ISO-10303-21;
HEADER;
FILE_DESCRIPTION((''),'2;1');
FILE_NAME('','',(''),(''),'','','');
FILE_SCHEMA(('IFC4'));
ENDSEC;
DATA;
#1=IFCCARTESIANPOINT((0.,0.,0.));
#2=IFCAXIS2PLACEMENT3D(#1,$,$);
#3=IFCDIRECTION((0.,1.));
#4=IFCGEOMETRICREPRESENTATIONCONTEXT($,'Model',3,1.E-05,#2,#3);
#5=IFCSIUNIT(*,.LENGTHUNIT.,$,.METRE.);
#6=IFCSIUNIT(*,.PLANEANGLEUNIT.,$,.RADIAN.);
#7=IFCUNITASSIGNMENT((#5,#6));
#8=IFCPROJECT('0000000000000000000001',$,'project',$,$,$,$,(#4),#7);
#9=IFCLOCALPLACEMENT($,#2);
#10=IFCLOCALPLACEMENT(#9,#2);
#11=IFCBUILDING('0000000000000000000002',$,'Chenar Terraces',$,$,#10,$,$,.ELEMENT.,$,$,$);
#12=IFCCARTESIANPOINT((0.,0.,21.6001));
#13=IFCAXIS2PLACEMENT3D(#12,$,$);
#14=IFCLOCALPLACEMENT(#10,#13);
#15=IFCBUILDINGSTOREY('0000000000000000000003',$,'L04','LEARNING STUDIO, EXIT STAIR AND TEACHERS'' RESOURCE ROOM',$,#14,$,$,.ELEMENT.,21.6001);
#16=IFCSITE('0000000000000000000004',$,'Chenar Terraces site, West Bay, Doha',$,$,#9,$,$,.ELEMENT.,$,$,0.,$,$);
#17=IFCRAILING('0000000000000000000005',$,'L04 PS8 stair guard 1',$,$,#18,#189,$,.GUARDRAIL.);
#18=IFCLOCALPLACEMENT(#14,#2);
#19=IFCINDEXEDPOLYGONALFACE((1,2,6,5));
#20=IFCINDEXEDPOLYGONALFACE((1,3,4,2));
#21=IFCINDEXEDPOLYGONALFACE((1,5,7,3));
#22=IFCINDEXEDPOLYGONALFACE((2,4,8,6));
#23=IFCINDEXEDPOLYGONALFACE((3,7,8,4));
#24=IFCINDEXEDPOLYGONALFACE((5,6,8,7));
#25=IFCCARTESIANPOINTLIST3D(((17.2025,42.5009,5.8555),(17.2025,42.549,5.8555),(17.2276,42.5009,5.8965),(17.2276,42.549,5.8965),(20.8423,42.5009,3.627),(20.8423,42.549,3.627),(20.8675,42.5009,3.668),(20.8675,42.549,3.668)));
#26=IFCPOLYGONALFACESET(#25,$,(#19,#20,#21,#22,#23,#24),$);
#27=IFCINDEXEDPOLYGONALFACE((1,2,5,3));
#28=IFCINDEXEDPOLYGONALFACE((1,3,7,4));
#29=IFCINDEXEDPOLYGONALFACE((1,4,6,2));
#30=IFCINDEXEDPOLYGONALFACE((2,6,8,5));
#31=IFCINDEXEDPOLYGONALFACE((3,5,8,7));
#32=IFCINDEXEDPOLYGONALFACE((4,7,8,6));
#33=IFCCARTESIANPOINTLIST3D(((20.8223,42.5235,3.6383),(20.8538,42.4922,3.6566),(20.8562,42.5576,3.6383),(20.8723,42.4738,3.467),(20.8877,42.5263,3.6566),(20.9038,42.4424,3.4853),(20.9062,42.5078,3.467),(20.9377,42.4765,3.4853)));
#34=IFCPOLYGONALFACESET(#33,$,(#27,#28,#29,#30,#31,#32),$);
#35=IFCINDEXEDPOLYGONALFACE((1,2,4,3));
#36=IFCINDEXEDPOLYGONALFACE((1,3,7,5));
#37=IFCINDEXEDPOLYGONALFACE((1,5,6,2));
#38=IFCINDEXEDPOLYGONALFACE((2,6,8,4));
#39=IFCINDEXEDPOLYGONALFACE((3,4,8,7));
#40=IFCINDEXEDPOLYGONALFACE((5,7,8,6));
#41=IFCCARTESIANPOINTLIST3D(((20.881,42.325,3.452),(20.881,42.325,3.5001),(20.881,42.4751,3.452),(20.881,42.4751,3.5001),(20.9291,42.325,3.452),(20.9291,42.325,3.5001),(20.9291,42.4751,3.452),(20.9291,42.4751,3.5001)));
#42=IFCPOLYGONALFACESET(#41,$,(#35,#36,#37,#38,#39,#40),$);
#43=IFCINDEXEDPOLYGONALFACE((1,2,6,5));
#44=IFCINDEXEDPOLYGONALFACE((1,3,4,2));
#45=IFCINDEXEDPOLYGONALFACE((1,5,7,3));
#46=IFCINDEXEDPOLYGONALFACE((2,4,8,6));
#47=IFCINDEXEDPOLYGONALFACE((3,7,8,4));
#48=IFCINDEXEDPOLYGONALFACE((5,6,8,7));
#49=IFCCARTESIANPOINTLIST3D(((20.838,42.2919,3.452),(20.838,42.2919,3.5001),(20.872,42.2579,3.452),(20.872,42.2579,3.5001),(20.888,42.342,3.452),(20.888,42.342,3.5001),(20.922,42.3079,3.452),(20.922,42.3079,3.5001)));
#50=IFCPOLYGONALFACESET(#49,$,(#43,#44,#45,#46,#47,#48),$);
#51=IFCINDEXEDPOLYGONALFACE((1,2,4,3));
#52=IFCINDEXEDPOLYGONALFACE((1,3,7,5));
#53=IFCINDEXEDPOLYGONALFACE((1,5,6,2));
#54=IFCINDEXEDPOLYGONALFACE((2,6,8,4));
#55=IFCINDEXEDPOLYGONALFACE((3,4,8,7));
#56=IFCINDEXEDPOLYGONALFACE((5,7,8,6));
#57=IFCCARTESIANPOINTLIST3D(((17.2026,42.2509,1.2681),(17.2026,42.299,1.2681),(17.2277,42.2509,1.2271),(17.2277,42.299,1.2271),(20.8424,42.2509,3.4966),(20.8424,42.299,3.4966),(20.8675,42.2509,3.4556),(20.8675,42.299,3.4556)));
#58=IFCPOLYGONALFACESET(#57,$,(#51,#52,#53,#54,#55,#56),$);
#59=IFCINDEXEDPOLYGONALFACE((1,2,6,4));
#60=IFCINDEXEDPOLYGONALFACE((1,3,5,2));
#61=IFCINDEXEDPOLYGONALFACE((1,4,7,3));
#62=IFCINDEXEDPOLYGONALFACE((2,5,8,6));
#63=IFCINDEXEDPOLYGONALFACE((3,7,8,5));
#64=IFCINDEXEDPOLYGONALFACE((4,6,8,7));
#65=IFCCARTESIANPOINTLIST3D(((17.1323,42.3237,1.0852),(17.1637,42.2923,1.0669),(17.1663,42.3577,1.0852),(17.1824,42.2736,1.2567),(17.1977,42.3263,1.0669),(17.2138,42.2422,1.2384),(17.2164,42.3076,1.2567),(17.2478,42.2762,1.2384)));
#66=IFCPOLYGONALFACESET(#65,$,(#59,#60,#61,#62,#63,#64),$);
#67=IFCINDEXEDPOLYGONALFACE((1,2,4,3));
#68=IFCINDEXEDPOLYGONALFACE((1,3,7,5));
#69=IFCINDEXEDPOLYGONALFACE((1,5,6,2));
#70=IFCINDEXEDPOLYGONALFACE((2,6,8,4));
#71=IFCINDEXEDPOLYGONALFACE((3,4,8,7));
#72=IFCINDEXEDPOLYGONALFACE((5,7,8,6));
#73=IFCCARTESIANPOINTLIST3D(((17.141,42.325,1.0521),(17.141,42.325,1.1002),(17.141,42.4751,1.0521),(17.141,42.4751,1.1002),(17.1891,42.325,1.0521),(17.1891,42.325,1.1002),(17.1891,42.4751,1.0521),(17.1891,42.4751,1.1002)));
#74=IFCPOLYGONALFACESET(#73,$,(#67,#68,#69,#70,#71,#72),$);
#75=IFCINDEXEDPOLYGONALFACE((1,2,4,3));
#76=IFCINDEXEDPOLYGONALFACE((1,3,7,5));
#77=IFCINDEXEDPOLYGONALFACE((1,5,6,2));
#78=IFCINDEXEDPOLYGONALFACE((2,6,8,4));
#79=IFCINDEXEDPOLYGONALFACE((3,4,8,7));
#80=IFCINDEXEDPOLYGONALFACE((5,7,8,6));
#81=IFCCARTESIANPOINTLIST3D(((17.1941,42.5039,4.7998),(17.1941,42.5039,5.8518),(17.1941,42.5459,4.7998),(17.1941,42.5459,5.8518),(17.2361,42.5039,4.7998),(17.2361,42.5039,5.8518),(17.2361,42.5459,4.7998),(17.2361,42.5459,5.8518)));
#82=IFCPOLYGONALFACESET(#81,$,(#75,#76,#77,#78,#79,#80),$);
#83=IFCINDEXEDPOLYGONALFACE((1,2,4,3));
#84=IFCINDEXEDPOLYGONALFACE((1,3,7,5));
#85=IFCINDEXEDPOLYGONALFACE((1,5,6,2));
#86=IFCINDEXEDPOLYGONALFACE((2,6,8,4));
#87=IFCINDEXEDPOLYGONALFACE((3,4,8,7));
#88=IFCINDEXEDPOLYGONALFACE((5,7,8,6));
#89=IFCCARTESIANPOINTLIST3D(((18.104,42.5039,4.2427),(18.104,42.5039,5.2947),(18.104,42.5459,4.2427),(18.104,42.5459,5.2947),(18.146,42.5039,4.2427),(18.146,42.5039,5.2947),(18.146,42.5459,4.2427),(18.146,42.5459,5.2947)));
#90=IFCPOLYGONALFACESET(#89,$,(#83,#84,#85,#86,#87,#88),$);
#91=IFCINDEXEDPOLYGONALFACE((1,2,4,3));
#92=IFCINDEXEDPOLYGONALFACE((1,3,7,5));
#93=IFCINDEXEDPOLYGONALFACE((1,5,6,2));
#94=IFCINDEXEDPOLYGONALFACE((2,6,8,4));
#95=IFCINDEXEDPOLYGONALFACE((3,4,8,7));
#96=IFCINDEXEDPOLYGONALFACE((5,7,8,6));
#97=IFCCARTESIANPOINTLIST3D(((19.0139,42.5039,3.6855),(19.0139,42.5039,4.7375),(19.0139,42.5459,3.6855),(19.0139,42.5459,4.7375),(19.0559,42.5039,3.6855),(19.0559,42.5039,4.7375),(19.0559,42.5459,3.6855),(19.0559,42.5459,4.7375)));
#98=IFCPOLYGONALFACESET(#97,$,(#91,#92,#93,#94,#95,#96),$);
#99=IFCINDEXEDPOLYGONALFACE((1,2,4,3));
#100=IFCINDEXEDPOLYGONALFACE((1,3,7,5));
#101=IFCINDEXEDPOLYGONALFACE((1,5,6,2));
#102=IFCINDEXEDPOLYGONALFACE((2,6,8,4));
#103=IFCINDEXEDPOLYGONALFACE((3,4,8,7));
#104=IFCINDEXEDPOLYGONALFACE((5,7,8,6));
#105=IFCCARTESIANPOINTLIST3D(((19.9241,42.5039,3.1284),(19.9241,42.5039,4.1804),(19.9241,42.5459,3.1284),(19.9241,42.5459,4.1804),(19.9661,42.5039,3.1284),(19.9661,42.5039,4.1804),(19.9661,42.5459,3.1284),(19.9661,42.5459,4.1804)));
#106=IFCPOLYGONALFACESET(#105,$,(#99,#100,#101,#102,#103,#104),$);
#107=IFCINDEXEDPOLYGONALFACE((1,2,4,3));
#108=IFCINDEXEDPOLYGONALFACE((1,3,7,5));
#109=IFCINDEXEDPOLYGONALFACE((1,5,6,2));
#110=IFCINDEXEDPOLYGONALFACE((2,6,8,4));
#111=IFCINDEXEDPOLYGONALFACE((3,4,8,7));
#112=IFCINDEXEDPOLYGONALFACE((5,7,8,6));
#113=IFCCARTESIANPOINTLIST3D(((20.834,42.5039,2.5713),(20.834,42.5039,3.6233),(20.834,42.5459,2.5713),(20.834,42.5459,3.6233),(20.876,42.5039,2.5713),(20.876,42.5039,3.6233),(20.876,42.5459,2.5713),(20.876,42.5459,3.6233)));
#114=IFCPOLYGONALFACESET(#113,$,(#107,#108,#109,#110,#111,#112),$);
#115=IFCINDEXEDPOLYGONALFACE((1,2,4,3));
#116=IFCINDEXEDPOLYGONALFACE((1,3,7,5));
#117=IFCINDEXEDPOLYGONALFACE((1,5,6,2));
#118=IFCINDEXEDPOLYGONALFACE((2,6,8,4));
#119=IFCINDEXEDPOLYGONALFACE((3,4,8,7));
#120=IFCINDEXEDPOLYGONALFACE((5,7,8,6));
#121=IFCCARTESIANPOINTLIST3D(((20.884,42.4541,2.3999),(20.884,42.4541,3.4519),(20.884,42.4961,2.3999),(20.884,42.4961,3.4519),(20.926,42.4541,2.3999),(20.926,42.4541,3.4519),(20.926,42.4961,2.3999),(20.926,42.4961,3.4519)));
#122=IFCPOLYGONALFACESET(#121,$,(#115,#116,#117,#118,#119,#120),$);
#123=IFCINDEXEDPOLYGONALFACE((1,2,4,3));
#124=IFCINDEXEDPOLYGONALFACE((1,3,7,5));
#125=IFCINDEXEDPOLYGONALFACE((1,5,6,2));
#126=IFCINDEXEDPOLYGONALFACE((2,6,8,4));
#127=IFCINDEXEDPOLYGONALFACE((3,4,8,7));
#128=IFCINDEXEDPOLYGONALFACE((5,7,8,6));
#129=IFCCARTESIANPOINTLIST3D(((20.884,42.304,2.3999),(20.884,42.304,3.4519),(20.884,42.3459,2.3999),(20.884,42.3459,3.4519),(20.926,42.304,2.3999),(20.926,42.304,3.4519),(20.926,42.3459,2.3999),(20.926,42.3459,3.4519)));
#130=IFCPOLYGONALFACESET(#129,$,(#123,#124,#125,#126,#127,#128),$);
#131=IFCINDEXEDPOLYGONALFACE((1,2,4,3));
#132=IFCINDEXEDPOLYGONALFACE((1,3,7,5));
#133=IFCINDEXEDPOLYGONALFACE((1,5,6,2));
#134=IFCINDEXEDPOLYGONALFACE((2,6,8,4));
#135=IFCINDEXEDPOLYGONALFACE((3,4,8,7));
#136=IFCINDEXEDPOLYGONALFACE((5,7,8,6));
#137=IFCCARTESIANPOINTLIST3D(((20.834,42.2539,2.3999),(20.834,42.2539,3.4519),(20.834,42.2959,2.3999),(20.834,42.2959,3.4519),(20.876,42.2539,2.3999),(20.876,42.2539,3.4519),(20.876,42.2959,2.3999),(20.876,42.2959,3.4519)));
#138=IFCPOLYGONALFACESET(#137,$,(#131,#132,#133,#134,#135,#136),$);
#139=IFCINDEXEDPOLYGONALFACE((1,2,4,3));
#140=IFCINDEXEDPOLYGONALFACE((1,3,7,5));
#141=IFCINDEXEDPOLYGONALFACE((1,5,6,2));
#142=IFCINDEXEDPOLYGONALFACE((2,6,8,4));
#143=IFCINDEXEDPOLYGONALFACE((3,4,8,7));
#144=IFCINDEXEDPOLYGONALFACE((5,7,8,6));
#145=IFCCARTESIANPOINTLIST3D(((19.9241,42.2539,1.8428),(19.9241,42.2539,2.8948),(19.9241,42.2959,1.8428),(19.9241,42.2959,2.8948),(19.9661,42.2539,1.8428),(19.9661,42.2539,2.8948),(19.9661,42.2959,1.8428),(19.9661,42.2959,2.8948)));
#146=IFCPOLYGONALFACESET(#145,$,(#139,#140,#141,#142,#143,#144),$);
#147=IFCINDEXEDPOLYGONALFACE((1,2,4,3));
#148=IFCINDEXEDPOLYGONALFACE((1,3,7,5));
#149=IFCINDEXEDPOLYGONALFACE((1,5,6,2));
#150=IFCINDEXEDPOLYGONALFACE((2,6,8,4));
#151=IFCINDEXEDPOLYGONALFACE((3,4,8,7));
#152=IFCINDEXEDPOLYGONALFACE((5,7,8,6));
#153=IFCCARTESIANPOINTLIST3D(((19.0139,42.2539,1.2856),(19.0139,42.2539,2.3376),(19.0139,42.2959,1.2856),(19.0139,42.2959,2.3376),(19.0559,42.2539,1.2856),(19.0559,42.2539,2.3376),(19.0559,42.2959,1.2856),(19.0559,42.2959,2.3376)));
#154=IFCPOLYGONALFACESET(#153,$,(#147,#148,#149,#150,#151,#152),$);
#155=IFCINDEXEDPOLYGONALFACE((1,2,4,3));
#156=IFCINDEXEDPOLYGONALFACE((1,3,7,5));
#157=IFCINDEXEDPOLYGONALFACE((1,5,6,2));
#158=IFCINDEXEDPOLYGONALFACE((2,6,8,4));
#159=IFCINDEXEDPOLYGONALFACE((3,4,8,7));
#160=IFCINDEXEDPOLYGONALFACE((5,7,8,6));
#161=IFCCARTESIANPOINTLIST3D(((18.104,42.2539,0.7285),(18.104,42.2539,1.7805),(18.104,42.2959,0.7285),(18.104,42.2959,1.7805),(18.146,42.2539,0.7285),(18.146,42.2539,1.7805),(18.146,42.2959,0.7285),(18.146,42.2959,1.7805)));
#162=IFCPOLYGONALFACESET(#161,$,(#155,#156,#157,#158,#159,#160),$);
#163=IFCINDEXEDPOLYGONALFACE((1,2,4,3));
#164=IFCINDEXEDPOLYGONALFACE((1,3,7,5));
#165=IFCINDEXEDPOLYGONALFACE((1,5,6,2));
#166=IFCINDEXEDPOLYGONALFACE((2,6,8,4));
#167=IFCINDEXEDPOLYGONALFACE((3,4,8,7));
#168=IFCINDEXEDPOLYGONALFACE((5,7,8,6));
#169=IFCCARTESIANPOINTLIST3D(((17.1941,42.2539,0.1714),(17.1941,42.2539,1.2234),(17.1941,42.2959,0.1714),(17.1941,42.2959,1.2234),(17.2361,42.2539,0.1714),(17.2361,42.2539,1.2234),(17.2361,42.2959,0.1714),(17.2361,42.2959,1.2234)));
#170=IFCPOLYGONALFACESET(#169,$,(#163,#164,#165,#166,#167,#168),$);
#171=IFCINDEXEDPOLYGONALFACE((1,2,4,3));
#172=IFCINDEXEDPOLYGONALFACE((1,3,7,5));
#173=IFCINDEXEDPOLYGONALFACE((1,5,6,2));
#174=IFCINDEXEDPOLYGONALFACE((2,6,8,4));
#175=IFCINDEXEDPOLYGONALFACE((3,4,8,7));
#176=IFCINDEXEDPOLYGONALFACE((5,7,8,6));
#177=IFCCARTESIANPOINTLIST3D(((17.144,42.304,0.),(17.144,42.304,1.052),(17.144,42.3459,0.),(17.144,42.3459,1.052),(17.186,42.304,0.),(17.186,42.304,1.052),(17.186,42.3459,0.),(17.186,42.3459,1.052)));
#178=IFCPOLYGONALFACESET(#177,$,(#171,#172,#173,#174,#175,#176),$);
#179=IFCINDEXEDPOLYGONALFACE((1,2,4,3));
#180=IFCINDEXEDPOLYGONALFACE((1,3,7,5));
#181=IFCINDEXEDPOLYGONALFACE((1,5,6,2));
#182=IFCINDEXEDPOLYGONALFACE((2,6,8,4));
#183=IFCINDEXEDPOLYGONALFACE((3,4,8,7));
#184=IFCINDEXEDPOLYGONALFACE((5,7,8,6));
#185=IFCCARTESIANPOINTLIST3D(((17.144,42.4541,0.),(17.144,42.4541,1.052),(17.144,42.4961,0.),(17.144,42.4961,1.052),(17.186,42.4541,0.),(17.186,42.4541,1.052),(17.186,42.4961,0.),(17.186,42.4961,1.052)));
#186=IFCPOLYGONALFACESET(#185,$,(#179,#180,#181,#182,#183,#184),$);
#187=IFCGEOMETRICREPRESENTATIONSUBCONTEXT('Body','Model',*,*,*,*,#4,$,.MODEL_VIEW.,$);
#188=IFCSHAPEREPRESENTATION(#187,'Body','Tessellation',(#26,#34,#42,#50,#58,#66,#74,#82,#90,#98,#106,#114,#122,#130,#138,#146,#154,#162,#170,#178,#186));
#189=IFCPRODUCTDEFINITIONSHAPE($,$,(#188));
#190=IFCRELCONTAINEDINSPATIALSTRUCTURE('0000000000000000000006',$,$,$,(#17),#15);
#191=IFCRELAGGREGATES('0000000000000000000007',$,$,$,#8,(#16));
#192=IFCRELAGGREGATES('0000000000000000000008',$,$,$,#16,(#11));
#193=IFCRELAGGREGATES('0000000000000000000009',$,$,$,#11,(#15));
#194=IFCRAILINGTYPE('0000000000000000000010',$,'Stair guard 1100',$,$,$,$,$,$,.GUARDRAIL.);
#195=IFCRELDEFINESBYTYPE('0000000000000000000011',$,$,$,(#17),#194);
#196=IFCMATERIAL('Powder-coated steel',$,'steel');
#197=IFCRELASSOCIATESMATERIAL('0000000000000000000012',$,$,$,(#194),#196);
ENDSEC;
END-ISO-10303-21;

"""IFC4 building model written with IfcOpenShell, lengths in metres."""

from ifc_helpers import new_model, si_unit, direction, frame, origin, origin_2d, place, context, subcontext, project, spatial, rectangle, extrude, material, type_object, element, save


model = new_model("IFC4")

# Units and contexts
model_context = context("Model", 3, precision=1e-05, world=origin(), true_north=direction((0.0, 1.0)))
body_context = subcontext(model_context, "Body", "Model", "MODEL_VIEW")
ifc_project = project(units=[si_unit("LENGTHUNIT", "METRE"), si_unit("PLANEANGLEUNIT", "RADIAN")], contexts=[model_context])

# Site, building, storey
site_placement = place(None, origin())
site = spatial("IfcSite", under=ifc_project, at=site_placement, Name="Chenar Terraces site, West Bay, Doha", CompositionType="ELEMENT", RefElevation=0.0)
building_placement = place(site_placement, origin())
building = spatial("IfcBuilding", under=site, at=building_placement, Name="Chenar Terraces", CompositionType="ELEMENT")
storey_placement = place(building_placement, frame((0.0, 0.0, 21.6001)))
storey = spatial("IfcBuildingStorey", under=building, at=storey_placement, Name="L04", Description="LEARNING STUDIO, EXIT STAIR AND TEACHERS' RESOURCE ROOM", CompositionType="ELEMENT", Elevation=21.6001)

# Railing
ifc_material_1 = material(Name="Powder-coated steel", Category="steel")
railing_type_1 = type_object("IfcRailingType", Name="Stair guard 1100", PredefinedType="GUARDRAIL", material=ifc_material_1)
railing_1_placement = place(storey_placement, frame((17.2151, 42.5249, 4.7998)))
element("IfcRailing", 1, at=railing_1_placement, inside=storey, type_object=railing_type_1, Name="L04 PS8 stair guard 1", PredefinedType="GUARDRAIL", context=body_context, shape_type="SweptSolid", body=[
    extrude(rectangle(XDim=0.0481, YDim=0.0481, at=origin_2d()), frame((0.0, 0.0, 1.0762), z_axis=(0.85285, 0.0, -0.522156), x_axis=(0.0, 1.0, 0.0)), (0.0, 0.0, 1.0), 4.2678),
    extrude(rectangle(XDim=0.0481, YDim=0.0481, at=origin_2d()), frame((3.6399, 0.0, -1.1523), z_axis=(0.270007, -0.26869, -0.924609), x_axis=(0.705376, 0.708834, 0.0)), (0.0, 0.0, 1.0), 0.1853),
    extrude(rectangle(XDim=0.0481, YDim=0.0481, at=origin_2d()), frame((3.6899, -0.0498, -1.3237), z_axis=(0.0, -1.0, 0.0), x_axis=(1.0, 0.0, 0.0)), (0.0, 0.0, 1.0), 0.1501),
    extrude(rectangle(XDim=0.0481, YDim=0.0481, at=origin_2d()), frame((3.6899, -0.2, -1.3237), z_axis=(-0.707107, -0.707107, 0.0), x_axis=(0.707107, -0.707107, 0.0)), (0.0, 0.0, 1.0), 0.0708),
    extrude(rectangle(XDim=0.0481, YDim=0.0481, at=origin_2d()), frame((3.6399, -0.25, -1.3237), z_axis=(-0.85285, 0.0, -0.522156), x_axis=(0.0, -1.0, 0.0)), (0.0, 0.0, 1.0), 4.2678),
    extrude(rectangle(XDim=0.0481, YDim=0.0481, at=origin_2d()), frame((0.0, -0.25, -3.5522), z_axis=(-0.269911, 0.269911, -0.924281), x_axis=(-0.707107, -0.707107, 0.0)), (0.0, 0.0, 1.0), 0.1855),
    extrude(rectangle(XDim=0.0481, YDim=0.0481, at=origin_2d()), frame((-0.05, -0.2, -3.7236), z_axis=(0.0, 1.0, 0.0), x_axis=(-1.0, 0.0, 0.0)), (0.0, 0.0, 1.0), 0.1501),
    extrude(rectangle(XDim=0.042, YDim=0.042, at=origin_2d()), origin(), (0.0, 0.0, 1.0), 1.052),
    extrude(rectangle(XDim=0.042, YDim=0.042, at=origin_2d()), frame((0.9099, 0.0, -0.5571)), (0.0, 0.0, 1.0), 1.052),
    extrude(rectangle(XDim=0.042, YDim=0.042, at=origin_2d()), frame((1.8198, 0.0, -1.1143)), (0.0, 0.0, 1.0), 1.052),
    extrude(rectangle(XDim=0.042, YDim=0.042, at=origin_2d()), frame((2.73, 0.0, -1.6714)), (0.0, 0.0, 1.0), 1.052),
    extrude(rectangle(XDim=0.042, YDim=0.042, at=origin_2d()), frame((3.6399, 0.0, -2.2285)), (0.0, 0.0, 1.0), 1.052),
    extrude(rectangle(XDim=0.042, YDim=0.042, at=origin_2d()), frame((3.6899, -0.0498, -2.3999)), (0.0, 0.0, 1.0), 1.052),
    extrude(rectangle(XDim=0.042, YDim=0.042, at=origin_2d()), frame((3.6899, -0.2, -2.3999)), (0.0, 0.0, 1.0), 1.052),
    extrude(rectangle(XDim=0.042, YDim=0.042, at=origin_2d()), frame((3.6399, -0.25, -2.3999)), (0.0, 0.0, 1.0), 1.052),
    extrude(rectangle(XDim=0.042, YDim=0.042, at=origin_2d()), frame((2.73, -0.25, -2.957)), (0.0, 0.0, 1.0), 1.052),
    extrude(rectangle(XDim=0.042, YDim=0.042, at=origin_2d()), frame((1.8198, -0.25, -3.5142)), (0.0, 0.0, 1.0), 1.052),
    extrude(rectangle(XDim=0.042, YDim=0.042, at=origin_2d()), frame((0.9099, -0.25, -4.0713)), (0.0, 0.0, 1.0), 1.052),
    extrude(rectangle(XDim=0.042, YDim=0.042, at=origin_2d()), frame((0.0, -0.25, -4.6284)), (0.0, 0.0, 1.0), 1.052),
    extrude(rectangle(XDim=0.042, YDim=0.042, at=origin_2d()), frame((-0.05, -0.2, -4.7998)), (0.0, 0.0, 1.0), 1.052),
    extrude(rectangle(XDim=0.042, YDim=0.042, at=origin_2d()), frame((-0.05, -0.0498, -4.7998)), (0.0, 0.0, 1.0), 1.052),
])

save(model, "model.ifc")
